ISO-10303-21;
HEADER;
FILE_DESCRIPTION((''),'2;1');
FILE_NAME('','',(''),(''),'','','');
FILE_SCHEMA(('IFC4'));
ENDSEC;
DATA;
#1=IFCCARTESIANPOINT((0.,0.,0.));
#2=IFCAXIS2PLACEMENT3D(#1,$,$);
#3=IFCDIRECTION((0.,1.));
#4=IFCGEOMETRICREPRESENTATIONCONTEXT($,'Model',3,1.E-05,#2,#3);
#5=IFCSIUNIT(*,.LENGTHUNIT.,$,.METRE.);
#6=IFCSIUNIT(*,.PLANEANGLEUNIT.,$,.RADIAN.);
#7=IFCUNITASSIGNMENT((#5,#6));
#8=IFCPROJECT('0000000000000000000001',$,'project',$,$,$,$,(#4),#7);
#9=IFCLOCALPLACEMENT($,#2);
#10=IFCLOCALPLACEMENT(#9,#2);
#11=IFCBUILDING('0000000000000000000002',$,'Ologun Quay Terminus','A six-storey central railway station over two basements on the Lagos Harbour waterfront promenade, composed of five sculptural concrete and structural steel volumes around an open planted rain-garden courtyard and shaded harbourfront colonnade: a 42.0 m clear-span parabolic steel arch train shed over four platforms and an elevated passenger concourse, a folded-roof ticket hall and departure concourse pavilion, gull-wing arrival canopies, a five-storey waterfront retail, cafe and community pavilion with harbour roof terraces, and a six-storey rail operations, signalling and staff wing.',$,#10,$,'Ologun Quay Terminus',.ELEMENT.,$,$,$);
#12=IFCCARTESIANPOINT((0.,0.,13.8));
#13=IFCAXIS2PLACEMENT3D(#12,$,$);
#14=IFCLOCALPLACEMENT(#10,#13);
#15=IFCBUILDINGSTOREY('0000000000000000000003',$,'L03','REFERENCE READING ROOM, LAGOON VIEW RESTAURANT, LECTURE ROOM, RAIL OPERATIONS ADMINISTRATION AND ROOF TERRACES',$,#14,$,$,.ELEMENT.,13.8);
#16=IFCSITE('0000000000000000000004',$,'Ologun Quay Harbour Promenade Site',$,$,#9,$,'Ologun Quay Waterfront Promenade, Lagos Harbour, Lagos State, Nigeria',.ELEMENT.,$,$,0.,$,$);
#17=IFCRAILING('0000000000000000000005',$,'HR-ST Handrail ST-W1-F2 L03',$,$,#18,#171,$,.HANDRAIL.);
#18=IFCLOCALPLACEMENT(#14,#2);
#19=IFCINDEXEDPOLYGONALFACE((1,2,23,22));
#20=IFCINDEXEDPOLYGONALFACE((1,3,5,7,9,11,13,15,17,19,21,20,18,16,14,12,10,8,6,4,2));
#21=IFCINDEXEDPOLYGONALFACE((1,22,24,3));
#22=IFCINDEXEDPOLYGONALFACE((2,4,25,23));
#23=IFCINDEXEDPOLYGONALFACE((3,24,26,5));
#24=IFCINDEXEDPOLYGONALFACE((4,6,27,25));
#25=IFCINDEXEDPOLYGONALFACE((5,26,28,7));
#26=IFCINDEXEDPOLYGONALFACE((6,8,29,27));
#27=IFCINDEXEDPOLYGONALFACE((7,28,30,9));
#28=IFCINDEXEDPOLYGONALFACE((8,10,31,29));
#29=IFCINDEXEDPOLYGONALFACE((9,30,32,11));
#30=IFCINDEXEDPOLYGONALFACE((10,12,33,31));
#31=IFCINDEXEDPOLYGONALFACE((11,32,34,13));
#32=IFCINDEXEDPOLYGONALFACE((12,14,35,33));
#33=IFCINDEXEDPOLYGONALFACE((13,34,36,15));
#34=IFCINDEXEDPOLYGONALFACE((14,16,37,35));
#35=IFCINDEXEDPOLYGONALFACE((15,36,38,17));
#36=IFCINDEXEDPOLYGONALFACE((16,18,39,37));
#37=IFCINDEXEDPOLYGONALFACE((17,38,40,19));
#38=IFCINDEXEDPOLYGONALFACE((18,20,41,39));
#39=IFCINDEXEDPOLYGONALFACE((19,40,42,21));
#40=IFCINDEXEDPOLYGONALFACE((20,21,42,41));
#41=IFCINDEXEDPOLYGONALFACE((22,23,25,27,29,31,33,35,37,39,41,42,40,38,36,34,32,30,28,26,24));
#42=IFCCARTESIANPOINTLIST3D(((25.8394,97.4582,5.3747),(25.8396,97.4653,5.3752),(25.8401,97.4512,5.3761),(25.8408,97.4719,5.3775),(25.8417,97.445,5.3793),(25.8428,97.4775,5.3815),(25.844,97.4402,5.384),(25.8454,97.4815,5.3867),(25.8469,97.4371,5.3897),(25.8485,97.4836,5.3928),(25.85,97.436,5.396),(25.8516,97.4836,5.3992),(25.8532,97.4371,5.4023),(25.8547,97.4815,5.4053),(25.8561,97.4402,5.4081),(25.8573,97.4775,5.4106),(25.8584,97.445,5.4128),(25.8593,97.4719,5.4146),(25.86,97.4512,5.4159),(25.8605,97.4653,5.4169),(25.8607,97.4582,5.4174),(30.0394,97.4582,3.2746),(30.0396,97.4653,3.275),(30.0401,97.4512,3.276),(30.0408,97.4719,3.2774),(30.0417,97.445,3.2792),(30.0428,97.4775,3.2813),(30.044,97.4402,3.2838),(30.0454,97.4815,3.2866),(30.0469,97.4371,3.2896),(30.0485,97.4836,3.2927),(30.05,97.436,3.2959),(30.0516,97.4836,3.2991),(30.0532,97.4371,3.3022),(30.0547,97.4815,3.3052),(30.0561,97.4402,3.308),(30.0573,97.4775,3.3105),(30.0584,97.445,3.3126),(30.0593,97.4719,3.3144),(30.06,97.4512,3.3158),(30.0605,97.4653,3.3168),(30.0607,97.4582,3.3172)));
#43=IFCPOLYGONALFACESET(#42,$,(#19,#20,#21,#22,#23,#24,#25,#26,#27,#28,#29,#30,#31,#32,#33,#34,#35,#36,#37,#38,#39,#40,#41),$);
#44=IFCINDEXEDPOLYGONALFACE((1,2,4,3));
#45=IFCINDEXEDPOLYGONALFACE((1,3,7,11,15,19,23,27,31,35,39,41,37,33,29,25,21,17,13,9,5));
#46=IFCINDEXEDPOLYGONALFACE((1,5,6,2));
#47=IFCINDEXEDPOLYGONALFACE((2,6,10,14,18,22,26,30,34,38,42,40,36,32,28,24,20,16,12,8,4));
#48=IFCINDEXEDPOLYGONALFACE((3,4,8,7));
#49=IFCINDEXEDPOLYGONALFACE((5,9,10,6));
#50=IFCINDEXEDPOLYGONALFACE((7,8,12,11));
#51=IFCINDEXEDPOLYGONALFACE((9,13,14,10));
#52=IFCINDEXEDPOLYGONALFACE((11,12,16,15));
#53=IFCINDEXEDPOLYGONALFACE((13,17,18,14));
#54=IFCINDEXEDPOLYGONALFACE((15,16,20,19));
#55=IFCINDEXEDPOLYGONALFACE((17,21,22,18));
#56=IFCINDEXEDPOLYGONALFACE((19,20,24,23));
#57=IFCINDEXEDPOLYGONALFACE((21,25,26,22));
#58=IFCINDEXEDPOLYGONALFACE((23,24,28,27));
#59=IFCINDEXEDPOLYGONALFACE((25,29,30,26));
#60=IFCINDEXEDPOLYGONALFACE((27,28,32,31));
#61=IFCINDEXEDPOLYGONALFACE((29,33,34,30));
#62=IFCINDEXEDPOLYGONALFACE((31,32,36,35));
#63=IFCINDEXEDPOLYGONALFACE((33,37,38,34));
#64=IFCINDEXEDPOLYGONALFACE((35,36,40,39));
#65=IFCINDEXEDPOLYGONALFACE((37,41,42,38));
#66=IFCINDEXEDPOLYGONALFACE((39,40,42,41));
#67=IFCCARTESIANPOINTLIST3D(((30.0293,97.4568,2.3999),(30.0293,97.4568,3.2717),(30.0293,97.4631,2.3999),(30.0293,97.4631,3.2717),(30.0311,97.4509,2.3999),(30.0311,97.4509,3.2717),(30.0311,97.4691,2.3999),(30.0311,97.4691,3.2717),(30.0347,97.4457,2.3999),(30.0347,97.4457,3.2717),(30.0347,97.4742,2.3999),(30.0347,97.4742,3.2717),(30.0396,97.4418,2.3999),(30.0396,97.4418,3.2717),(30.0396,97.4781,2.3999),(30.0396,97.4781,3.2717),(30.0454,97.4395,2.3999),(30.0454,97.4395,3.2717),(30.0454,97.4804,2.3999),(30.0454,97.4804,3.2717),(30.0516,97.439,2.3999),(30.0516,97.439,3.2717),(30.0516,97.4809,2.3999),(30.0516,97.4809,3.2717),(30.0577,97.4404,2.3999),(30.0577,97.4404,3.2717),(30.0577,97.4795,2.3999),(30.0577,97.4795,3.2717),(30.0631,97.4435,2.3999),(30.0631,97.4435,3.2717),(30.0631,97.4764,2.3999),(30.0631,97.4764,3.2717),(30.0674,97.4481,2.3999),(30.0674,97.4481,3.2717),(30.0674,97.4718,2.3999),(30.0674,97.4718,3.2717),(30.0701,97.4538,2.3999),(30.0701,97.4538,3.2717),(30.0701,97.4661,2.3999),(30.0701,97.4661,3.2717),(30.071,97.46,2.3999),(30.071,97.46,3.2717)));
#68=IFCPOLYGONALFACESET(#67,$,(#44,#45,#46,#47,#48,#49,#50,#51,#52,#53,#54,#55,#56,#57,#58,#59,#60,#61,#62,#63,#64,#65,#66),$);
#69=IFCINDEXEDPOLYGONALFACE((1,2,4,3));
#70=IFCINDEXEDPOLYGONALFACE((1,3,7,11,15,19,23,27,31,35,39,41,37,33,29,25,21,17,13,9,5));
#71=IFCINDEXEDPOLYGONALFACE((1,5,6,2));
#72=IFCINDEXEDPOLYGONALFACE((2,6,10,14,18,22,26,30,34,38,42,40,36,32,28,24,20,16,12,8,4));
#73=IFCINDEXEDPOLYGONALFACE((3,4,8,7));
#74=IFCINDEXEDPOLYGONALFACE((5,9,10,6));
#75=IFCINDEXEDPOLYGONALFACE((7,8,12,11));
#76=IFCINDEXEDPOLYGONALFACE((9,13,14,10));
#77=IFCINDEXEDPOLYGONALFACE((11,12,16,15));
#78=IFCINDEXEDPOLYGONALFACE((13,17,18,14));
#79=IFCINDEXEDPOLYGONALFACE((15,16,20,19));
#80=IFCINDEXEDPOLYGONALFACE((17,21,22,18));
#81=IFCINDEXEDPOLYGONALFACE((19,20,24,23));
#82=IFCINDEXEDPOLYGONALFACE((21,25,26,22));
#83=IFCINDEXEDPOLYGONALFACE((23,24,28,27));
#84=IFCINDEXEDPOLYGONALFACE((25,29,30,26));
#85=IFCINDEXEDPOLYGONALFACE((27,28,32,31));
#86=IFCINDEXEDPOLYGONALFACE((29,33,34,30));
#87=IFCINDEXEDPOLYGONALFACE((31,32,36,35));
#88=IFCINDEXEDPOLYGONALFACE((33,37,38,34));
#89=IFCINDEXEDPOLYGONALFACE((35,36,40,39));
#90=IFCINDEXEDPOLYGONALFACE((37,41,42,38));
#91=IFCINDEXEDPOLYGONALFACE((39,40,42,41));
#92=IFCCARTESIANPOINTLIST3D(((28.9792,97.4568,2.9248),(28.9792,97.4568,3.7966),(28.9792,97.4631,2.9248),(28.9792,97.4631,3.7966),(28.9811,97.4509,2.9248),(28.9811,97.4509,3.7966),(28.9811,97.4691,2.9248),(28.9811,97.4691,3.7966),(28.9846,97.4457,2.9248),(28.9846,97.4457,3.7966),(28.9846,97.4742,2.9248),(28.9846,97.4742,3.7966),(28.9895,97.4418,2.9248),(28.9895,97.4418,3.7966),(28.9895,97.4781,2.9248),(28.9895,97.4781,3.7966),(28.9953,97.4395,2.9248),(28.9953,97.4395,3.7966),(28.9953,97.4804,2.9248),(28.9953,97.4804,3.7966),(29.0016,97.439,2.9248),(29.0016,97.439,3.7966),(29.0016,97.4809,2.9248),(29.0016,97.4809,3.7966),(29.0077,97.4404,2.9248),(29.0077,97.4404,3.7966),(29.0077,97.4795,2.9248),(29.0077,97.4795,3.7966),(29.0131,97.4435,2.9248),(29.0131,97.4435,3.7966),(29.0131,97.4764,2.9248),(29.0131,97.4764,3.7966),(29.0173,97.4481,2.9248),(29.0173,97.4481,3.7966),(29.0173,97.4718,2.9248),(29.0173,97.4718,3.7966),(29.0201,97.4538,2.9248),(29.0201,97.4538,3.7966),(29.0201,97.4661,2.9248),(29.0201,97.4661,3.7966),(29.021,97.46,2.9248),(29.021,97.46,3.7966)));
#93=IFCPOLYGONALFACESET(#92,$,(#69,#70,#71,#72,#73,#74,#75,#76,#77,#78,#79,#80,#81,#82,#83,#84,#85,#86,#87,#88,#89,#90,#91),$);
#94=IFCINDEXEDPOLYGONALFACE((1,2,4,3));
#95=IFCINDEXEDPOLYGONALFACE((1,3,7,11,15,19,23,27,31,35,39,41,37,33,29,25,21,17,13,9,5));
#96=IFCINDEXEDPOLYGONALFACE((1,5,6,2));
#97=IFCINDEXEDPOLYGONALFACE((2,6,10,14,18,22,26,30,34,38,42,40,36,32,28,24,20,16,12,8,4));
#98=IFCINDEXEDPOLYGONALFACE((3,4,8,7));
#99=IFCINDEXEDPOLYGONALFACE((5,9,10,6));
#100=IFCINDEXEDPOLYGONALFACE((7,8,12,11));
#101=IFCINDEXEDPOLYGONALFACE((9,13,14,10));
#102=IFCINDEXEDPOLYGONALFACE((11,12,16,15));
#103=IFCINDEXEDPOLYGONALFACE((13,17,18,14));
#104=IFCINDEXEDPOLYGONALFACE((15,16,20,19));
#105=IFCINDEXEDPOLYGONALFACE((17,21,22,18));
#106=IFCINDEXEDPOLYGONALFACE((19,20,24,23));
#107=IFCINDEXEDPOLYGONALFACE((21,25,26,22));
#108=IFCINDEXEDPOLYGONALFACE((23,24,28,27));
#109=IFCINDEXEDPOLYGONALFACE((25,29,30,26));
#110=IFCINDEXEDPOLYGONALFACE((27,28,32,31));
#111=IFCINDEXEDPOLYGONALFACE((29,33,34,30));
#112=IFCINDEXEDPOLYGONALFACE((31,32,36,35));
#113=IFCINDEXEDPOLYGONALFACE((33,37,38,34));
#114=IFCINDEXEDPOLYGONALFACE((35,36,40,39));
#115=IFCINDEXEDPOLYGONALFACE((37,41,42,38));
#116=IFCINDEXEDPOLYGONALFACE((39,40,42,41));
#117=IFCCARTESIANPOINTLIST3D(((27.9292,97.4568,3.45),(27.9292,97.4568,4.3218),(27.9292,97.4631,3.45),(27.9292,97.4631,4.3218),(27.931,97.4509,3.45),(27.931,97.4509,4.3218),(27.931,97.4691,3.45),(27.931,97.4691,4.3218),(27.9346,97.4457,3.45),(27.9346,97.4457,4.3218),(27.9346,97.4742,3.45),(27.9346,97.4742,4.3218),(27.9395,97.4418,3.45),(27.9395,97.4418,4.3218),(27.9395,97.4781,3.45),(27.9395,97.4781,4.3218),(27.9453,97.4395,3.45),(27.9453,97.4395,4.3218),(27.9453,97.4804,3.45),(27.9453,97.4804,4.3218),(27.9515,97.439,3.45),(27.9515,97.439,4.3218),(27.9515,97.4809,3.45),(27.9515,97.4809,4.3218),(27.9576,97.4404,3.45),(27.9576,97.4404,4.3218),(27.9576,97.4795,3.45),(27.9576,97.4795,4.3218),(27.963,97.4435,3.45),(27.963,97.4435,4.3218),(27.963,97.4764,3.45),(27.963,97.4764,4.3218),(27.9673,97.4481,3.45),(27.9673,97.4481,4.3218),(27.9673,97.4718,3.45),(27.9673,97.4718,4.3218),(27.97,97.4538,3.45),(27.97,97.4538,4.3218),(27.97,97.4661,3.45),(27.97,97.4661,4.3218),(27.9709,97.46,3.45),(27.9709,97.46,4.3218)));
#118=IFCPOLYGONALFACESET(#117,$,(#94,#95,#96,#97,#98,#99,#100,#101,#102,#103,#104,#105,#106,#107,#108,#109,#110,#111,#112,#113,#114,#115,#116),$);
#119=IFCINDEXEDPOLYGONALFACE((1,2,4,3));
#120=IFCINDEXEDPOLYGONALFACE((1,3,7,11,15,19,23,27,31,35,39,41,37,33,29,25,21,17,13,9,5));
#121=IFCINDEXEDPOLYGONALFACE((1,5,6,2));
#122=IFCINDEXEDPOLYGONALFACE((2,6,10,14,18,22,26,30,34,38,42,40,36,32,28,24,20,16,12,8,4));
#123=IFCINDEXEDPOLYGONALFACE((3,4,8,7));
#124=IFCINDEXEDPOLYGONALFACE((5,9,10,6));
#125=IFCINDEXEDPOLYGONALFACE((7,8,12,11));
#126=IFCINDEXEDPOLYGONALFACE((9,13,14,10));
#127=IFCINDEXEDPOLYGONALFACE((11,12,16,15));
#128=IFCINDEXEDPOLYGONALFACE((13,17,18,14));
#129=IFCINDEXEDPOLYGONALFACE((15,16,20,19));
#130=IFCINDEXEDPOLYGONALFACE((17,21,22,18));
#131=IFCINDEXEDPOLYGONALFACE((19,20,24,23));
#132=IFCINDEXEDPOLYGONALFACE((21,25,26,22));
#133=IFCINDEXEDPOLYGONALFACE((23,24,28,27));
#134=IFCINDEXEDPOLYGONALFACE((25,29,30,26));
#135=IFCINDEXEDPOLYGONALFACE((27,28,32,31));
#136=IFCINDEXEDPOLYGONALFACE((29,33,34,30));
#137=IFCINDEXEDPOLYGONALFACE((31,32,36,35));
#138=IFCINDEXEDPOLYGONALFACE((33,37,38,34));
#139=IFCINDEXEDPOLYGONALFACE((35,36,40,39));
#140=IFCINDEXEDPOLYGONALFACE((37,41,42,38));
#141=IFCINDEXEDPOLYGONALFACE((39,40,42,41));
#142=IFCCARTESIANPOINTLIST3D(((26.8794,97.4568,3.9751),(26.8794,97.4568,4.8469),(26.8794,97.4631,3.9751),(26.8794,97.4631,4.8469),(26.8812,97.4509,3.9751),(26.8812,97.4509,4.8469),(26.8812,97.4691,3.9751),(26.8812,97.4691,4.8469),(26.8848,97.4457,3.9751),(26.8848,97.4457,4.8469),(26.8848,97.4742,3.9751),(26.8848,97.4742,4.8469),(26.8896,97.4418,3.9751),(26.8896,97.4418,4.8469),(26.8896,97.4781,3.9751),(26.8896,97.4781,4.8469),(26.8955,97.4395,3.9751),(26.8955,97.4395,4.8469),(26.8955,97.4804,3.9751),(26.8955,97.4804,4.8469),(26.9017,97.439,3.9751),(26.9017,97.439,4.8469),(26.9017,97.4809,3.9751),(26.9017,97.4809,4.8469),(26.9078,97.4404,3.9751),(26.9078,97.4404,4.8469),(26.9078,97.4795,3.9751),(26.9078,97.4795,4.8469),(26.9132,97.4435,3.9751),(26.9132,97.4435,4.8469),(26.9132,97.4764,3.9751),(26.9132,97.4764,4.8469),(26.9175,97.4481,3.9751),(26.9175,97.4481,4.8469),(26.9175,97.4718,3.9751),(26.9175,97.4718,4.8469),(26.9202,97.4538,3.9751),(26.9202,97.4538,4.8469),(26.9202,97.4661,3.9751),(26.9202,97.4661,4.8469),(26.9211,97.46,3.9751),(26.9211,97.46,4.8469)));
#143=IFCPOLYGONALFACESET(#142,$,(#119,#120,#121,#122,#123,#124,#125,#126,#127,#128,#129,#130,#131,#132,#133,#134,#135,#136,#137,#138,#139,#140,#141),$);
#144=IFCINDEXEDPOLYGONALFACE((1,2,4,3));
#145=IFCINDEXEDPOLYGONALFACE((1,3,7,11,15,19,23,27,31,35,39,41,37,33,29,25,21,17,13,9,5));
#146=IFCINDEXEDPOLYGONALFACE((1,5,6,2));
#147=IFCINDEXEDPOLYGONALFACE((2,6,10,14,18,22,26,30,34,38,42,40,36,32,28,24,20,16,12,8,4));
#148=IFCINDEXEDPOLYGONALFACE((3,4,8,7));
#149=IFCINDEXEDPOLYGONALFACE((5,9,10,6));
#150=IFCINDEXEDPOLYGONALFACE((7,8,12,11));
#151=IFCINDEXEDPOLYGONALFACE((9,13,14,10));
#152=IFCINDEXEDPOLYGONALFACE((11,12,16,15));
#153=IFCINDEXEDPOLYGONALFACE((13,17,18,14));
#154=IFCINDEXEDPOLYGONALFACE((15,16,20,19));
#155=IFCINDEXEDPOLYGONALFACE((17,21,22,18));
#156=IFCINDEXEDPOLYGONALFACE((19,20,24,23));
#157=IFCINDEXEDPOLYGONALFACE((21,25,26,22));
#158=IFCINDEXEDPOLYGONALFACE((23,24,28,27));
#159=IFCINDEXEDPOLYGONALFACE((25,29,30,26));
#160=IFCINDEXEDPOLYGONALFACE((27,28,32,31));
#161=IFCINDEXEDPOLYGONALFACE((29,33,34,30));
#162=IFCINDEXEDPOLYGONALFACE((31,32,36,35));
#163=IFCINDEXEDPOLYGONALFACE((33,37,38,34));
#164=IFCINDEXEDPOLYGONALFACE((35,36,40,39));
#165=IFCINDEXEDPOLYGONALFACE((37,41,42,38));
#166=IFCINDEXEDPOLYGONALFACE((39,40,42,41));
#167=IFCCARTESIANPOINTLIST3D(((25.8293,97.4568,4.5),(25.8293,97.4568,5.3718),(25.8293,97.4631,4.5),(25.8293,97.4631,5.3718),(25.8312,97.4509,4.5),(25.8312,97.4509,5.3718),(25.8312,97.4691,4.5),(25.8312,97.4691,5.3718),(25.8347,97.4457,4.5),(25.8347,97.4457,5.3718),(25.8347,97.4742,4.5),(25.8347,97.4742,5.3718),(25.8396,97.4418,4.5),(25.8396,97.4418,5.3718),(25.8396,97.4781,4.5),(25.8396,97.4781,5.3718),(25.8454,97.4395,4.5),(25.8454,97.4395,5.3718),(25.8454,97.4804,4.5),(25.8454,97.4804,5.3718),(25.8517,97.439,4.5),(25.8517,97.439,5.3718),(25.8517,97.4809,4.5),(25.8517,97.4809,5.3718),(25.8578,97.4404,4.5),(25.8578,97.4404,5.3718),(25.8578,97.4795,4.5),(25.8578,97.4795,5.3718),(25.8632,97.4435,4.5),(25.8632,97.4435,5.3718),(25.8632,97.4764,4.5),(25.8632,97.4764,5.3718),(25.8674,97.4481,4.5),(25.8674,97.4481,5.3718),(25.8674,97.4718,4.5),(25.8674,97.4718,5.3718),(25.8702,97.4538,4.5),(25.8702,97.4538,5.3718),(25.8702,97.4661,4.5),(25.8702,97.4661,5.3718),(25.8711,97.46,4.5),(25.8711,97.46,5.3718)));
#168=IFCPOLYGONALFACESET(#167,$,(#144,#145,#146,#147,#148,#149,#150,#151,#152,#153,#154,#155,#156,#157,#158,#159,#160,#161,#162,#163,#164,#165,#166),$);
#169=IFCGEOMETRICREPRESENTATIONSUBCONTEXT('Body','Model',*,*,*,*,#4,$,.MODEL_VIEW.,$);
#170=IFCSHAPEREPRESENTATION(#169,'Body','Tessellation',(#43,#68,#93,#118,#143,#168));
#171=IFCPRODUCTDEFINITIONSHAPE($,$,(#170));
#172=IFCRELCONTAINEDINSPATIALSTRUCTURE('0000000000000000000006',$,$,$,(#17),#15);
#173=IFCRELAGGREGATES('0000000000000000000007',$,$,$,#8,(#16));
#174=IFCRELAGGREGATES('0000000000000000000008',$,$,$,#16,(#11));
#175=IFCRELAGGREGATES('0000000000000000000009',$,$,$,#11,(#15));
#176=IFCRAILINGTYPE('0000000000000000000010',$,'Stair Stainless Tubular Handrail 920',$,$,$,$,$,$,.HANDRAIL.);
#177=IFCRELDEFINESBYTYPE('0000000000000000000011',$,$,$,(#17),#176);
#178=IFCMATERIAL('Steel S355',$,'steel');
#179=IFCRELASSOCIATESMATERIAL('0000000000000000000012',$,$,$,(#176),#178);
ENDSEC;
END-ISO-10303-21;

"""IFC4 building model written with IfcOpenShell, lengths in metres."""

from ifc_helpers import new_model, si_unit, direction, frame, origin, origin_2d, place, context, subcontext, project, spatial, circle, extrude, material, type_object, element, save


model = new_model("IFC4")

# Units and contexts
model_context = context("Model", 3, precision=1e-05, world=origin(), true_north=direction((0.0, 1.0)))
body_context = subcontext(model_context, "Body", "Model", "MODEL_VIEW")
ifc_project = project(units=[si_unit("LENGTHUNIT", "METRE"), si_unit("PLANEANGLEUNIT", "RADIAN")], contexts=[model_context])

# Site, building, storey
site_placement = place(None, origin())
site = spatial("IfcSite", under=ifc_project, at=site_placement, Name="Ologun Quay Harbour Promenade Site", LongName="Ologun Quay Waterfront Promenade, Lagos Harbour, Lagos State, Nigeria", CompositionType="ELEMENT", RefElevation=0.0)
building_placement = place(site_placement, origin())
building = spatial("IfcBuilding", under=site, at=building_placement, Name="Ologun Quay Terminus", Description="A six-storey central railway station over two basements on the Lagos Harbour waterfront promenade, composed of five sculptural concrete and structural steel volumes around an open planted rain-garden courtyard and shaded harbourfront colonnade: a 42.0 m clear-span parabolic steel arch train shed over four platforms and an elevated passenger concourse, a folded-roof ticket hall and departure concourse pavilion, gull-wing arrival canopies, a five-storey waterfront retail, cafe and community pavilion with harbour roof terraces, and a six-storey rail operations, signalling and staff wing.", LongName="Ologun Quay Terminus", CompositionType="ELEMENT")
storey_placement = place(building_placement, frame((0.0, 0.0, 13.8)))
storey = spatial("IfcBuildingStorey", under=building, at=storey_placement, Name="L03", Description="REFERENCE READING ROOM, LAGOON VIEW RESTAURANT, LECTURE ROOM, RAIL OPERATIONS ADMINISTRATION AND ROOF TERRACES", CompositionType="ELEMENT", Elevation=13.8)

# Railing
ifc_material_1 = material(Name="Steel S355", Category="steel")
railing_type_1 = type_object("IfcRailingType", Name="Stair Stainless Tubular Handrail 920", PredefinedType="HANDRAIL", material=ifc_material_1)
railing_1_placement = place(storey_placement, frame((30.05, 97.46, 2.3999)))
element("IfcRailing", 1, at=railing_1_placement, inside=storey, type_object=railing_type_1, Name="HR-ST Handrail ST-W1-F2 L03", PredefinedType="HANDRAIL", context=body_context, shape_type="SweptSolid", body=[
    extrude(circle(Radius=0.0239, at=origin_2d()), frame((0.0, 0.0, 0.896), z_axis=(-0.894417, 0.0, 0.447234), x_axis=(0.0, -1.0, 0.0)), (0.0, 0.0, 1.0), 4.6958),
    extrude(circle(Radius=0.021, at=origin_2d()), origin(), (0.0, 0.0, 1.0), 0.8718),
    extrude(circle(Radius=0.021, at=origin_2d()), frame((-1.05, 0.0, 0.5249)), (0.0, 0.0, 1.0), 0.8718),
    extrude(circle(Radius=0.021, at=origin_2d()), frame((-2.1001, 0.0, 1.05)), (0.0, 0.0, 1.0), 0.8718),
    extrude(circle(Radius=0.021, at=origin_2d()), frame((-3.1499, 0.0, 1.5752)), (0.0, 0.0, 1.0), 0.8718),
    extrude(circle(Radius=0.021, at=origin_2d()), frame((-4.2, 0.0, 2.1001)), (0.0, 0.0, 1.0), 0.8718),
])

save(model, "model.ifc")
